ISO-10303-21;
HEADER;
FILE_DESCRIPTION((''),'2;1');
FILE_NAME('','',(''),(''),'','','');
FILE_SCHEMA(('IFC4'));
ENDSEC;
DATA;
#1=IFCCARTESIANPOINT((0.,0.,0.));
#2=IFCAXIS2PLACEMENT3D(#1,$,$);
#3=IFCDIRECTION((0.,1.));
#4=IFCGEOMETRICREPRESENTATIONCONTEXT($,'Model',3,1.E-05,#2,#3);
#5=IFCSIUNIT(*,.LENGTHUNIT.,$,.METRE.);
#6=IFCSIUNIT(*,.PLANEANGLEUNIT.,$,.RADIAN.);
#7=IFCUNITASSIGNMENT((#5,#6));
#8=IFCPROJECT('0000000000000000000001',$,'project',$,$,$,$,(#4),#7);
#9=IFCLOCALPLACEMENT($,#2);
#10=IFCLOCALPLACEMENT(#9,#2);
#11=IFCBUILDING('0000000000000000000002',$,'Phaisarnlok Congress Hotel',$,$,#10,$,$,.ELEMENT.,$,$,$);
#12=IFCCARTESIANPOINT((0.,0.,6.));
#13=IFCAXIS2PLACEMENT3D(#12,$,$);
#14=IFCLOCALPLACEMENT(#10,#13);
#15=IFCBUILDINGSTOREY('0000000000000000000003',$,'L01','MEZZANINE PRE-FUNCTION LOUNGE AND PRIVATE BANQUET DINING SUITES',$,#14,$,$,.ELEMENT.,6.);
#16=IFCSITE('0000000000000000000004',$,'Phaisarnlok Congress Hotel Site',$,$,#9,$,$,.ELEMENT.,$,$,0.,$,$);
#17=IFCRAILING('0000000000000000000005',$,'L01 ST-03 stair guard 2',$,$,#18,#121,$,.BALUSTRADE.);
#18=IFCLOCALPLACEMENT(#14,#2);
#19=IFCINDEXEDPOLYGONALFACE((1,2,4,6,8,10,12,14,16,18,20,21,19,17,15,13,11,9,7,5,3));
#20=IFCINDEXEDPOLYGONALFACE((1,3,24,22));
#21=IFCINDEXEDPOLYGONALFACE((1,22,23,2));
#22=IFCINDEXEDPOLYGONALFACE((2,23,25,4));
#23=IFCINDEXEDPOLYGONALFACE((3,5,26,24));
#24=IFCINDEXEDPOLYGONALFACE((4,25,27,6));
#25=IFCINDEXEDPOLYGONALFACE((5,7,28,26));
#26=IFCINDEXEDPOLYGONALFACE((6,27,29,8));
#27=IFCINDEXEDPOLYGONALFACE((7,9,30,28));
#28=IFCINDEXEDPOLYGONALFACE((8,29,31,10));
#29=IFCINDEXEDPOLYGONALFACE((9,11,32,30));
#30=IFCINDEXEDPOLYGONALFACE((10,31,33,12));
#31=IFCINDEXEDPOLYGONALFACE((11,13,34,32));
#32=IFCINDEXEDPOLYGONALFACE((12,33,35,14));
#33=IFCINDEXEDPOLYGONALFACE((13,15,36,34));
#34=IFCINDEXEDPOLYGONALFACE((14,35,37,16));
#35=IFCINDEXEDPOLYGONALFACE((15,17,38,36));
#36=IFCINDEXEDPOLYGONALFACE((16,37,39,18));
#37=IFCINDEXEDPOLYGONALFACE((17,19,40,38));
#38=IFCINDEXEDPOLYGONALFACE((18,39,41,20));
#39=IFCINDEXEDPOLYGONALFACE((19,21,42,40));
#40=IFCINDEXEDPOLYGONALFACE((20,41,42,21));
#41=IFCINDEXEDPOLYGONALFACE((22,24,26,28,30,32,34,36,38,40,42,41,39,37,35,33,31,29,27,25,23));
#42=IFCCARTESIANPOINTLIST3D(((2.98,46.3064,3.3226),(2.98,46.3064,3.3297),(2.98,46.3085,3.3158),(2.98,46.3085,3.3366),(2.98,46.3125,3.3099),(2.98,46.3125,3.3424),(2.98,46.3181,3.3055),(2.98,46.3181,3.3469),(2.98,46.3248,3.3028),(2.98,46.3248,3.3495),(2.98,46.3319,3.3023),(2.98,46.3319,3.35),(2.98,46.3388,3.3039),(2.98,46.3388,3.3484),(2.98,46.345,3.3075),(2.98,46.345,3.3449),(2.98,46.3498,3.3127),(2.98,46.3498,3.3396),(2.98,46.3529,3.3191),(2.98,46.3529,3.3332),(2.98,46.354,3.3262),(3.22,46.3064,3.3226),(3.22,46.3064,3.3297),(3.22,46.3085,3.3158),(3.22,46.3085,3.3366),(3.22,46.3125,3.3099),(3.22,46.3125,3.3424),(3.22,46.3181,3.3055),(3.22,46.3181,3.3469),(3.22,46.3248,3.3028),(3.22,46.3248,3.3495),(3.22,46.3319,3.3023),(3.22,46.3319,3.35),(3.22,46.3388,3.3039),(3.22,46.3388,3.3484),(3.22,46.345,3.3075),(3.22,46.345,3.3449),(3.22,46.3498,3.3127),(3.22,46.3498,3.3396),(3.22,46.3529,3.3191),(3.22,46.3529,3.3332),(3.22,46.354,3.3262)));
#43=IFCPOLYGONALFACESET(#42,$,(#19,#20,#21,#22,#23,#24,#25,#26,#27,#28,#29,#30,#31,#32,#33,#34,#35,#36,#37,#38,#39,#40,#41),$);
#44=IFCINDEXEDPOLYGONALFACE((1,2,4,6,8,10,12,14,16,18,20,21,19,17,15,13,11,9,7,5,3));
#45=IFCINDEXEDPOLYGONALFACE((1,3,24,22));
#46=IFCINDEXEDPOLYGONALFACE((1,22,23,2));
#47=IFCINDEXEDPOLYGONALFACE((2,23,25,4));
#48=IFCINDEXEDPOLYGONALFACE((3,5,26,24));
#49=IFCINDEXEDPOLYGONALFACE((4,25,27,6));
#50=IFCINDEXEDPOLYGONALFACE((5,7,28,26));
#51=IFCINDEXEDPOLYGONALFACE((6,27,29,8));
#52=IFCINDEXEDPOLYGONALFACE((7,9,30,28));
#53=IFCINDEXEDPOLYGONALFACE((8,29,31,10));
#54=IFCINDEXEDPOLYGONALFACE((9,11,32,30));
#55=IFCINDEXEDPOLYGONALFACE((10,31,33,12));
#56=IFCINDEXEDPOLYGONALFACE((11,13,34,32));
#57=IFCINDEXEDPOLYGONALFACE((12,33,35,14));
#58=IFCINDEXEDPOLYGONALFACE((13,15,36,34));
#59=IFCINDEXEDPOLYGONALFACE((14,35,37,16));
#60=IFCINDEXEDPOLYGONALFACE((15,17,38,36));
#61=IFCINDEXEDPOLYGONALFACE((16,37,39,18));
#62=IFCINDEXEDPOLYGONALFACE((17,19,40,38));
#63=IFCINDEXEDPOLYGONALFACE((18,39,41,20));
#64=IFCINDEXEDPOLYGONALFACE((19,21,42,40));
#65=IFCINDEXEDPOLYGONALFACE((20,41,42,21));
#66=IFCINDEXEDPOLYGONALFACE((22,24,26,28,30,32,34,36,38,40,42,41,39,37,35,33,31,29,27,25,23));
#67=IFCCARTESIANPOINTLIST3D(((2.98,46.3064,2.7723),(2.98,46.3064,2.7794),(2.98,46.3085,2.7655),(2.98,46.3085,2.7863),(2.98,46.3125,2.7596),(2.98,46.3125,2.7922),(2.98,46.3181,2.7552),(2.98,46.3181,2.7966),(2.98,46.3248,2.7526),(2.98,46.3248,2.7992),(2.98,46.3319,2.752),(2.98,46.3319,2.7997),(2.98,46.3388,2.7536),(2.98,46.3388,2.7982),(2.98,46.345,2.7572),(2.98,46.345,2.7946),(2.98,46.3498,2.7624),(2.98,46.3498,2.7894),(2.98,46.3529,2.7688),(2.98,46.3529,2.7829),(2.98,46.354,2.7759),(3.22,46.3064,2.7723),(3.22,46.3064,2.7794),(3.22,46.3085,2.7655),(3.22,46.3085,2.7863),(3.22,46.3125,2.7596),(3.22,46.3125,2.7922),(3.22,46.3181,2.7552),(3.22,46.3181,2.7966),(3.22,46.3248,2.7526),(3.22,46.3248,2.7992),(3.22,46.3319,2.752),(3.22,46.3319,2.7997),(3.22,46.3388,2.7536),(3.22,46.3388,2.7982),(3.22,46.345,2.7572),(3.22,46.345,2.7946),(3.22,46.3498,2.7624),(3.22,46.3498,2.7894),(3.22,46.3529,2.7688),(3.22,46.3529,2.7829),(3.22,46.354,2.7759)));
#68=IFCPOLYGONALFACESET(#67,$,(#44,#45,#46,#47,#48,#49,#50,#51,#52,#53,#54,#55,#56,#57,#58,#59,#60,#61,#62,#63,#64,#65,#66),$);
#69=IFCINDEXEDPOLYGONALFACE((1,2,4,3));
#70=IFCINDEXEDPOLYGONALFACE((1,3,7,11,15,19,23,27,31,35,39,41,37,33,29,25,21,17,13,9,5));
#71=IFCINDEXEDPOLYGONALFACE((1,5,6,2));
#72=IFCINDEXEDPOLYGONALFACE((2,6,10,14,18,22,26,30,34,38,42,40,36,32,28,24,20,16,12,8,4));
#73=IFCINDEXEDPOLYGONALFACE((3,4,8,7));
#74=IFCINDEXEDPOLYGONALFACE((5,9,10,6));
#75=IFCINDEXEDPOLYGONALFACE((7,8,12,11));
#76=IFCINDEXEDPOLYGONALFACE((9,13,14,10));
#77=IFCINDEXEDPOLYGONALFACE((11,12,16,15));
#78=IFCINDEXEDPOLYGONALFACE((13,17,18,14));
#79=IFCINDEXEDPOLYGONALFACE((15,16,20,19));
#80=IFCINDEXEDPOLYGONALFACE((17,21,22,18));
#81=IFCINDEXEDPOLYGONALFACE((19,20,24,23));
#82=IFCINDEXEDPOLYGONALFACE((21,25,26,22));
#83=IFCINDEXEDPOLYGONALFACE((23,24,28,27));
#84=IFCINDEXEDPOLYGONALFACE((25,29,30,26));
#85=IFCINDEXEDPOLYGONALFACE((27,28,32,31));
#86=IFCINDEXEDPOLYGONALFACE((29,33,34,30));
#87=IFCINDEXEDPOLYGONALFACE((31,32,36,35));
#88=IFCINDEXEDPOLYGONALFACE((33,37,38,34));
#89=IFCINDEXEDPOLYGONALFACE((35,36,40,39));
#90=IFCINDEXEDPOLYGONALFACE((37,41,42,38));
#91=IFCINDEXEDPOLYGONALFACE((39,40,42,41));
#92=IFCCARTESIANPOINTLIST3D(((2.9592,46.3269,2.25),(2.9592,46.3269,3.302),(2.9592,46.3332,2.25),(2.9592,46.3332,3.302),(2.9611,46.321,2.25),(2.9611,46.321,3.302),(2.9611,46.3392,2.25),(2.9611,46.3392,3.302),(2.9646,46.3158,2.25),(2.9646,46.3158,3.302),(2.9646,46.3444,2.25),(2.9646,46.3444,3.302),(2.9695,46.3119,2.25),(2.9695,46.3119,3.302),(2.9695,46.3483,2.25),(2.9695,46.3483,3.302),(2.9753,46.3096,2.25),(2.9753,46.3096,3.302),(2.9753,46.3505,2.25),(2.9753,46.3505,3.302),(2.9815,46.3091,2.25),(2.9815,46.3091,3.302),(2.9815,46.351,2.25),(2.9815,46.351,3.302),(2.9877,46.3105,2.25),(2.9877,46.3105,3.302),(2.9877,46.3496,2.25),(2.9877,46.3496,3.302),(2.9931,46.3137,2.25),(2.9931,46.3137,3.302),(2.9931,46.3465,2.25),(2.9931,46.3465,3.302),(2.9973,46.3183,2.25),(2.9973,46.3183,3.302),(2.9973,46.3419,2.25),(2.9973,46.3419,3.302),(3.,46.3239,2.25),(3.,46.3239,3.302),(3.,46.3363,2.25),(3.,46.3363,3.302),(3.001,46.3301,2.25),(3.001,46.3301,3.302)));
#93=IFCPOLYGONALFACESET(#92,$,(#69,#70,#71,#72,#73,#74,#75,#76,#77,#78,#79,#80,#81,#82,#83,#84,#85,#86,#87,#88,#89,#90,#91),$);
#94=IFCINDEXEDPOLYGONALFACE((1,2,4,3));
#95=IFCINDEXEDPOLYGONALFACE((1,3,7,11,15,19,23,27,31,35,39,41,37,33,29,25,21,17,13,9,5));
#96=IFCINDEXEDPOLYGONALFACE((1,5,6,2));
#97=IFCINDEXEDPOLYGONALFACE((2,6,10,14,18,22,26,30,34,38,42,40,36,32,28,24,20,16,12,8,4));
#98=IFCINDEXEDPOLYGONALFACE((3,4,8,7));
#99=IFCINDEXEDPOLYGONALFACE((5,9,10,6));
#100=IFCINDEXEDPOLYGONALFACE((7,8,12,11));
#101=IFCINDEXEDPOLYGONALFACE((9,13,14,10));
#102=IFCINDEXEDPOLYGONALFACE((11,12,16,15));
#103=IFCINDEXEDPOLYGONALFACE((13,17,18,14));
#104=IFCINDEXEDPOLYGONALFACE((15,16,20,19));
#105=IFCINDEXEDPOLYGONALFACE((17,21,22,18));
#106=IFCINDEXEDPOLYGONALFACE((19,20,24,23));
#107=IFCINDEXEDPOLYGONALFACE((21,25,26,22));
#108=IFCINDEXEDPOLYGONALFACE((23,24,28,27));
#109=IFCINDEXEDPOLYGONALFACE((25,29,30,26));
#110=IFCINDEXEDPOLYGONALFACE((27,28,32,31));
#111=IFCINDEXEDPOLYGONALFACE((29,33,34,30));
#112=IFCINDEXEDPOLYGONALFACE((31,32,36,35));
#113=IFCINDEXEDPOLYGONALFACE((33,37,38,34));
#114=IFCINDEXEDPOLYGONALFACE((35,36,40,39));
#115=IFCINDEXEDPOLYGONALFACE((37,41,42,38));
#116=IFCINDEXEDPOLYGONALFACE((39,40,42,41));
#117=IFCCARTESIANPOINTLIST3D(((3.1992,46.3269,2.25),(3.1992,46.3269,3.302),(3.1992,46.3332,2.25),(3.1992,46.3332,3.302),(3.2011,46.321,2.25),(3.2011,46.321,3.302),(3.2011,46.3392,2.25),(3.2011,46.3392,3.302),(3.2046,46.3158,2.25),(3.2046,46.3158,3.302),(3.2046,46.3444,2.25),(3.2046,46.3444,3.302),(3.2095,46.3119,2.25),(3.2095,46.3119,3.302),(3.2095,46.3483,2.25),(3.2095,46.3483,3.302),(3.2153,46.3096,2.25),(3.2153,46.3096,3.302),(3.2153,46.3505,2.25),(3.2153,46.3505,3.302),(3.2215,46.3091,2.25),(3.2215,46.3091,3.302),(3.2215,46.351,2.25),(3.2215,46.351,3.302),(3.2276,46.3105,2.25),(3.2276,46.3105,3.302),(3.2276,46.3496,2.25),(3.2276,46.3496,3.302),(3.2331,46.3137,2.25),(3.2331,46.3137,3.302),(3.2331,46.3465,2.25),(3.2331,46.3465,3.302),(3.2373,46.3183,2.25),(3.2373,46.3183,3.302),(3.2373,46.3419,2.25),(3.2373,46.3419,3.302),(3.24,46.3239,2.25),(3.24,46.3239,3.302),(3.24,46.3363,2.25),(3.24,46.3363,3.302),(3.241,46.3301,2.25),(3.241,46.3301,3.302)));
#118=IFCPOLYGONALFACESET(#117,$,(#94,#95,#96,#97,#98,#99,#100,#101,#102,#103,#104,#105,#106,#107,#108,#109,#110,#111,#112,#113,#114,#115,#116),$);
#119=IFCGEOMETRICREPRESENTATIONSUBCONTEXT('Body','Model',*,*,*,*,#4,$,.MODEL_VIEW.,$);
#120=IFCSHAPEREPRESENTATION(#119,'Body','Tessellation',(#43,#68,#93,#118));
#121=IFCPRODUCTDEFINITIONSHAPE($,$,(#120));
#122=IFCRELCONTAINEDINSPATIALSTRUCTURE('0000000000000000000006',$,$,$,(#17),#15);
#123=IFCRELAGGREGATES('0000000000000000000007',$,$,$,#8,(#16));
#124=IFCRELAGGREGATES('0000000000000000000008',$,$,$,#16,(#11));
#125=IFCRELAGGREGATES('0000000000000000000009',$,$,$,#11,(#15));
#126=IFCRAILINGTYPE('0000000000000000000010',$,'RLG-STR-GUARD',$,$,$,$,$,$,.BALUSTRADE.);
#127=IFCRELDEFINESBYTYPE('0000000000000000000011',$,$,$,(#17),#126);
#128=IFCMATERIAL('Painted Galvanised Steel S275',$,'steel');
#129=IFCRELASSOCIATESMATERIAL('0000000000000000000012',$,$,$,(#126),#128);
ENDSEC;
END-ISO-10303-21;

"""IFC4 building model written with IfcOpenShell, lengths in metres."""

from ifc_helpers import new_model, si_unit, direction, frame, origin, origin_2d, place, context, subcontext, project, spatial, circle, extrude, material, type_object, element, save


model = new_model("IFC4")

# Units and contexts
model_context = context("Model", 3, precision=1e-05, world=origin(), true_north=direction((0.0, 1.0)))
body_context = subcontext(model_context, "Body", "Model", "MODEL_VIEW")
ifc_project = project(units=[si_unit("LENGTHUNIT", "METRE"), si_unit("PLANEANGLEUNIT", "RADIAN")], contexts=[model_context])

# Site, building, storey
site_placement = place(None, origin())
site = spatial("IfcSite", under=ifc_project, at=site_placement, Name="Phaisarnlok Congress Hotel Site", CompositionType="ELEMENT", RefElevation=0.0)
building_placement = place(site_placement, origin())
building = spatial("IfcBuilding", under=site, at=building_placement, Name="Phaisarnlok Congress Hotel", CompositionType="ELEMENT")
storey_placement = place(building_placement, frame((0.0, 0.0, 6.0)))
storey = spatial("IfcBuildingStorey", under=building, at=storey_placement, Name="L01", Description="MEZZANINE PRE-FUNCTION LOUNGE AND PRIVATE BANQUET DINING SUITES", CompositionType="ELEMENT", Elevation=6.0)

# Railing
ifc_material_1 = material(Name="Painted Galvanised Steel S275", Category="steel")
railing_type_1 = type_object("IfcRailingType", Name="RLG-STR-GUARD", PredefinedType="BALUSTRADE", material=ifc_material_1)
railing_1_placement = place(storey_placement, frame((2.98, 46.3301, 2.25)))
element("IfcRailing", 1, at=railing_1_placement, inside=storey, type_object=railing_type_1, Name="L01 ST-03 stair guard 2", PredefinedType="BALUSTRADE", context=body_context, shape_type="SweptSolid", body=[
    extrude(circle(Radius=0.0239, at=origin_2d()), frame((0.0, 0.0, 1.0762), z_axis=(1.0, 0.0, 0.0), x_axis=(0.0, 1.0, 0.0)), (0.0, 0.0, 1.0), 0.24),
    extrude(circle(Radius=0.0239, at=origin_2d()), frame((0.0, 0.0, 0.5259), z_axis=(1.0, 0.0, 0.0), x_axis=(0.0, 1.0, 0.0)), (0.0, 0.0, 1.0), 0.24),
    extrude(circle(Radius=0.021, at=origin_2d()), origin(), (0.0, 0.0, 1.0), 1.052),
    extrude(circle(Radius=0.021, at=origin_2d()), frame((0.24, 0.0, 0.0)), (0.0, 0.0, 1.0), 1.052),
])

save(model, "model.ifc")
